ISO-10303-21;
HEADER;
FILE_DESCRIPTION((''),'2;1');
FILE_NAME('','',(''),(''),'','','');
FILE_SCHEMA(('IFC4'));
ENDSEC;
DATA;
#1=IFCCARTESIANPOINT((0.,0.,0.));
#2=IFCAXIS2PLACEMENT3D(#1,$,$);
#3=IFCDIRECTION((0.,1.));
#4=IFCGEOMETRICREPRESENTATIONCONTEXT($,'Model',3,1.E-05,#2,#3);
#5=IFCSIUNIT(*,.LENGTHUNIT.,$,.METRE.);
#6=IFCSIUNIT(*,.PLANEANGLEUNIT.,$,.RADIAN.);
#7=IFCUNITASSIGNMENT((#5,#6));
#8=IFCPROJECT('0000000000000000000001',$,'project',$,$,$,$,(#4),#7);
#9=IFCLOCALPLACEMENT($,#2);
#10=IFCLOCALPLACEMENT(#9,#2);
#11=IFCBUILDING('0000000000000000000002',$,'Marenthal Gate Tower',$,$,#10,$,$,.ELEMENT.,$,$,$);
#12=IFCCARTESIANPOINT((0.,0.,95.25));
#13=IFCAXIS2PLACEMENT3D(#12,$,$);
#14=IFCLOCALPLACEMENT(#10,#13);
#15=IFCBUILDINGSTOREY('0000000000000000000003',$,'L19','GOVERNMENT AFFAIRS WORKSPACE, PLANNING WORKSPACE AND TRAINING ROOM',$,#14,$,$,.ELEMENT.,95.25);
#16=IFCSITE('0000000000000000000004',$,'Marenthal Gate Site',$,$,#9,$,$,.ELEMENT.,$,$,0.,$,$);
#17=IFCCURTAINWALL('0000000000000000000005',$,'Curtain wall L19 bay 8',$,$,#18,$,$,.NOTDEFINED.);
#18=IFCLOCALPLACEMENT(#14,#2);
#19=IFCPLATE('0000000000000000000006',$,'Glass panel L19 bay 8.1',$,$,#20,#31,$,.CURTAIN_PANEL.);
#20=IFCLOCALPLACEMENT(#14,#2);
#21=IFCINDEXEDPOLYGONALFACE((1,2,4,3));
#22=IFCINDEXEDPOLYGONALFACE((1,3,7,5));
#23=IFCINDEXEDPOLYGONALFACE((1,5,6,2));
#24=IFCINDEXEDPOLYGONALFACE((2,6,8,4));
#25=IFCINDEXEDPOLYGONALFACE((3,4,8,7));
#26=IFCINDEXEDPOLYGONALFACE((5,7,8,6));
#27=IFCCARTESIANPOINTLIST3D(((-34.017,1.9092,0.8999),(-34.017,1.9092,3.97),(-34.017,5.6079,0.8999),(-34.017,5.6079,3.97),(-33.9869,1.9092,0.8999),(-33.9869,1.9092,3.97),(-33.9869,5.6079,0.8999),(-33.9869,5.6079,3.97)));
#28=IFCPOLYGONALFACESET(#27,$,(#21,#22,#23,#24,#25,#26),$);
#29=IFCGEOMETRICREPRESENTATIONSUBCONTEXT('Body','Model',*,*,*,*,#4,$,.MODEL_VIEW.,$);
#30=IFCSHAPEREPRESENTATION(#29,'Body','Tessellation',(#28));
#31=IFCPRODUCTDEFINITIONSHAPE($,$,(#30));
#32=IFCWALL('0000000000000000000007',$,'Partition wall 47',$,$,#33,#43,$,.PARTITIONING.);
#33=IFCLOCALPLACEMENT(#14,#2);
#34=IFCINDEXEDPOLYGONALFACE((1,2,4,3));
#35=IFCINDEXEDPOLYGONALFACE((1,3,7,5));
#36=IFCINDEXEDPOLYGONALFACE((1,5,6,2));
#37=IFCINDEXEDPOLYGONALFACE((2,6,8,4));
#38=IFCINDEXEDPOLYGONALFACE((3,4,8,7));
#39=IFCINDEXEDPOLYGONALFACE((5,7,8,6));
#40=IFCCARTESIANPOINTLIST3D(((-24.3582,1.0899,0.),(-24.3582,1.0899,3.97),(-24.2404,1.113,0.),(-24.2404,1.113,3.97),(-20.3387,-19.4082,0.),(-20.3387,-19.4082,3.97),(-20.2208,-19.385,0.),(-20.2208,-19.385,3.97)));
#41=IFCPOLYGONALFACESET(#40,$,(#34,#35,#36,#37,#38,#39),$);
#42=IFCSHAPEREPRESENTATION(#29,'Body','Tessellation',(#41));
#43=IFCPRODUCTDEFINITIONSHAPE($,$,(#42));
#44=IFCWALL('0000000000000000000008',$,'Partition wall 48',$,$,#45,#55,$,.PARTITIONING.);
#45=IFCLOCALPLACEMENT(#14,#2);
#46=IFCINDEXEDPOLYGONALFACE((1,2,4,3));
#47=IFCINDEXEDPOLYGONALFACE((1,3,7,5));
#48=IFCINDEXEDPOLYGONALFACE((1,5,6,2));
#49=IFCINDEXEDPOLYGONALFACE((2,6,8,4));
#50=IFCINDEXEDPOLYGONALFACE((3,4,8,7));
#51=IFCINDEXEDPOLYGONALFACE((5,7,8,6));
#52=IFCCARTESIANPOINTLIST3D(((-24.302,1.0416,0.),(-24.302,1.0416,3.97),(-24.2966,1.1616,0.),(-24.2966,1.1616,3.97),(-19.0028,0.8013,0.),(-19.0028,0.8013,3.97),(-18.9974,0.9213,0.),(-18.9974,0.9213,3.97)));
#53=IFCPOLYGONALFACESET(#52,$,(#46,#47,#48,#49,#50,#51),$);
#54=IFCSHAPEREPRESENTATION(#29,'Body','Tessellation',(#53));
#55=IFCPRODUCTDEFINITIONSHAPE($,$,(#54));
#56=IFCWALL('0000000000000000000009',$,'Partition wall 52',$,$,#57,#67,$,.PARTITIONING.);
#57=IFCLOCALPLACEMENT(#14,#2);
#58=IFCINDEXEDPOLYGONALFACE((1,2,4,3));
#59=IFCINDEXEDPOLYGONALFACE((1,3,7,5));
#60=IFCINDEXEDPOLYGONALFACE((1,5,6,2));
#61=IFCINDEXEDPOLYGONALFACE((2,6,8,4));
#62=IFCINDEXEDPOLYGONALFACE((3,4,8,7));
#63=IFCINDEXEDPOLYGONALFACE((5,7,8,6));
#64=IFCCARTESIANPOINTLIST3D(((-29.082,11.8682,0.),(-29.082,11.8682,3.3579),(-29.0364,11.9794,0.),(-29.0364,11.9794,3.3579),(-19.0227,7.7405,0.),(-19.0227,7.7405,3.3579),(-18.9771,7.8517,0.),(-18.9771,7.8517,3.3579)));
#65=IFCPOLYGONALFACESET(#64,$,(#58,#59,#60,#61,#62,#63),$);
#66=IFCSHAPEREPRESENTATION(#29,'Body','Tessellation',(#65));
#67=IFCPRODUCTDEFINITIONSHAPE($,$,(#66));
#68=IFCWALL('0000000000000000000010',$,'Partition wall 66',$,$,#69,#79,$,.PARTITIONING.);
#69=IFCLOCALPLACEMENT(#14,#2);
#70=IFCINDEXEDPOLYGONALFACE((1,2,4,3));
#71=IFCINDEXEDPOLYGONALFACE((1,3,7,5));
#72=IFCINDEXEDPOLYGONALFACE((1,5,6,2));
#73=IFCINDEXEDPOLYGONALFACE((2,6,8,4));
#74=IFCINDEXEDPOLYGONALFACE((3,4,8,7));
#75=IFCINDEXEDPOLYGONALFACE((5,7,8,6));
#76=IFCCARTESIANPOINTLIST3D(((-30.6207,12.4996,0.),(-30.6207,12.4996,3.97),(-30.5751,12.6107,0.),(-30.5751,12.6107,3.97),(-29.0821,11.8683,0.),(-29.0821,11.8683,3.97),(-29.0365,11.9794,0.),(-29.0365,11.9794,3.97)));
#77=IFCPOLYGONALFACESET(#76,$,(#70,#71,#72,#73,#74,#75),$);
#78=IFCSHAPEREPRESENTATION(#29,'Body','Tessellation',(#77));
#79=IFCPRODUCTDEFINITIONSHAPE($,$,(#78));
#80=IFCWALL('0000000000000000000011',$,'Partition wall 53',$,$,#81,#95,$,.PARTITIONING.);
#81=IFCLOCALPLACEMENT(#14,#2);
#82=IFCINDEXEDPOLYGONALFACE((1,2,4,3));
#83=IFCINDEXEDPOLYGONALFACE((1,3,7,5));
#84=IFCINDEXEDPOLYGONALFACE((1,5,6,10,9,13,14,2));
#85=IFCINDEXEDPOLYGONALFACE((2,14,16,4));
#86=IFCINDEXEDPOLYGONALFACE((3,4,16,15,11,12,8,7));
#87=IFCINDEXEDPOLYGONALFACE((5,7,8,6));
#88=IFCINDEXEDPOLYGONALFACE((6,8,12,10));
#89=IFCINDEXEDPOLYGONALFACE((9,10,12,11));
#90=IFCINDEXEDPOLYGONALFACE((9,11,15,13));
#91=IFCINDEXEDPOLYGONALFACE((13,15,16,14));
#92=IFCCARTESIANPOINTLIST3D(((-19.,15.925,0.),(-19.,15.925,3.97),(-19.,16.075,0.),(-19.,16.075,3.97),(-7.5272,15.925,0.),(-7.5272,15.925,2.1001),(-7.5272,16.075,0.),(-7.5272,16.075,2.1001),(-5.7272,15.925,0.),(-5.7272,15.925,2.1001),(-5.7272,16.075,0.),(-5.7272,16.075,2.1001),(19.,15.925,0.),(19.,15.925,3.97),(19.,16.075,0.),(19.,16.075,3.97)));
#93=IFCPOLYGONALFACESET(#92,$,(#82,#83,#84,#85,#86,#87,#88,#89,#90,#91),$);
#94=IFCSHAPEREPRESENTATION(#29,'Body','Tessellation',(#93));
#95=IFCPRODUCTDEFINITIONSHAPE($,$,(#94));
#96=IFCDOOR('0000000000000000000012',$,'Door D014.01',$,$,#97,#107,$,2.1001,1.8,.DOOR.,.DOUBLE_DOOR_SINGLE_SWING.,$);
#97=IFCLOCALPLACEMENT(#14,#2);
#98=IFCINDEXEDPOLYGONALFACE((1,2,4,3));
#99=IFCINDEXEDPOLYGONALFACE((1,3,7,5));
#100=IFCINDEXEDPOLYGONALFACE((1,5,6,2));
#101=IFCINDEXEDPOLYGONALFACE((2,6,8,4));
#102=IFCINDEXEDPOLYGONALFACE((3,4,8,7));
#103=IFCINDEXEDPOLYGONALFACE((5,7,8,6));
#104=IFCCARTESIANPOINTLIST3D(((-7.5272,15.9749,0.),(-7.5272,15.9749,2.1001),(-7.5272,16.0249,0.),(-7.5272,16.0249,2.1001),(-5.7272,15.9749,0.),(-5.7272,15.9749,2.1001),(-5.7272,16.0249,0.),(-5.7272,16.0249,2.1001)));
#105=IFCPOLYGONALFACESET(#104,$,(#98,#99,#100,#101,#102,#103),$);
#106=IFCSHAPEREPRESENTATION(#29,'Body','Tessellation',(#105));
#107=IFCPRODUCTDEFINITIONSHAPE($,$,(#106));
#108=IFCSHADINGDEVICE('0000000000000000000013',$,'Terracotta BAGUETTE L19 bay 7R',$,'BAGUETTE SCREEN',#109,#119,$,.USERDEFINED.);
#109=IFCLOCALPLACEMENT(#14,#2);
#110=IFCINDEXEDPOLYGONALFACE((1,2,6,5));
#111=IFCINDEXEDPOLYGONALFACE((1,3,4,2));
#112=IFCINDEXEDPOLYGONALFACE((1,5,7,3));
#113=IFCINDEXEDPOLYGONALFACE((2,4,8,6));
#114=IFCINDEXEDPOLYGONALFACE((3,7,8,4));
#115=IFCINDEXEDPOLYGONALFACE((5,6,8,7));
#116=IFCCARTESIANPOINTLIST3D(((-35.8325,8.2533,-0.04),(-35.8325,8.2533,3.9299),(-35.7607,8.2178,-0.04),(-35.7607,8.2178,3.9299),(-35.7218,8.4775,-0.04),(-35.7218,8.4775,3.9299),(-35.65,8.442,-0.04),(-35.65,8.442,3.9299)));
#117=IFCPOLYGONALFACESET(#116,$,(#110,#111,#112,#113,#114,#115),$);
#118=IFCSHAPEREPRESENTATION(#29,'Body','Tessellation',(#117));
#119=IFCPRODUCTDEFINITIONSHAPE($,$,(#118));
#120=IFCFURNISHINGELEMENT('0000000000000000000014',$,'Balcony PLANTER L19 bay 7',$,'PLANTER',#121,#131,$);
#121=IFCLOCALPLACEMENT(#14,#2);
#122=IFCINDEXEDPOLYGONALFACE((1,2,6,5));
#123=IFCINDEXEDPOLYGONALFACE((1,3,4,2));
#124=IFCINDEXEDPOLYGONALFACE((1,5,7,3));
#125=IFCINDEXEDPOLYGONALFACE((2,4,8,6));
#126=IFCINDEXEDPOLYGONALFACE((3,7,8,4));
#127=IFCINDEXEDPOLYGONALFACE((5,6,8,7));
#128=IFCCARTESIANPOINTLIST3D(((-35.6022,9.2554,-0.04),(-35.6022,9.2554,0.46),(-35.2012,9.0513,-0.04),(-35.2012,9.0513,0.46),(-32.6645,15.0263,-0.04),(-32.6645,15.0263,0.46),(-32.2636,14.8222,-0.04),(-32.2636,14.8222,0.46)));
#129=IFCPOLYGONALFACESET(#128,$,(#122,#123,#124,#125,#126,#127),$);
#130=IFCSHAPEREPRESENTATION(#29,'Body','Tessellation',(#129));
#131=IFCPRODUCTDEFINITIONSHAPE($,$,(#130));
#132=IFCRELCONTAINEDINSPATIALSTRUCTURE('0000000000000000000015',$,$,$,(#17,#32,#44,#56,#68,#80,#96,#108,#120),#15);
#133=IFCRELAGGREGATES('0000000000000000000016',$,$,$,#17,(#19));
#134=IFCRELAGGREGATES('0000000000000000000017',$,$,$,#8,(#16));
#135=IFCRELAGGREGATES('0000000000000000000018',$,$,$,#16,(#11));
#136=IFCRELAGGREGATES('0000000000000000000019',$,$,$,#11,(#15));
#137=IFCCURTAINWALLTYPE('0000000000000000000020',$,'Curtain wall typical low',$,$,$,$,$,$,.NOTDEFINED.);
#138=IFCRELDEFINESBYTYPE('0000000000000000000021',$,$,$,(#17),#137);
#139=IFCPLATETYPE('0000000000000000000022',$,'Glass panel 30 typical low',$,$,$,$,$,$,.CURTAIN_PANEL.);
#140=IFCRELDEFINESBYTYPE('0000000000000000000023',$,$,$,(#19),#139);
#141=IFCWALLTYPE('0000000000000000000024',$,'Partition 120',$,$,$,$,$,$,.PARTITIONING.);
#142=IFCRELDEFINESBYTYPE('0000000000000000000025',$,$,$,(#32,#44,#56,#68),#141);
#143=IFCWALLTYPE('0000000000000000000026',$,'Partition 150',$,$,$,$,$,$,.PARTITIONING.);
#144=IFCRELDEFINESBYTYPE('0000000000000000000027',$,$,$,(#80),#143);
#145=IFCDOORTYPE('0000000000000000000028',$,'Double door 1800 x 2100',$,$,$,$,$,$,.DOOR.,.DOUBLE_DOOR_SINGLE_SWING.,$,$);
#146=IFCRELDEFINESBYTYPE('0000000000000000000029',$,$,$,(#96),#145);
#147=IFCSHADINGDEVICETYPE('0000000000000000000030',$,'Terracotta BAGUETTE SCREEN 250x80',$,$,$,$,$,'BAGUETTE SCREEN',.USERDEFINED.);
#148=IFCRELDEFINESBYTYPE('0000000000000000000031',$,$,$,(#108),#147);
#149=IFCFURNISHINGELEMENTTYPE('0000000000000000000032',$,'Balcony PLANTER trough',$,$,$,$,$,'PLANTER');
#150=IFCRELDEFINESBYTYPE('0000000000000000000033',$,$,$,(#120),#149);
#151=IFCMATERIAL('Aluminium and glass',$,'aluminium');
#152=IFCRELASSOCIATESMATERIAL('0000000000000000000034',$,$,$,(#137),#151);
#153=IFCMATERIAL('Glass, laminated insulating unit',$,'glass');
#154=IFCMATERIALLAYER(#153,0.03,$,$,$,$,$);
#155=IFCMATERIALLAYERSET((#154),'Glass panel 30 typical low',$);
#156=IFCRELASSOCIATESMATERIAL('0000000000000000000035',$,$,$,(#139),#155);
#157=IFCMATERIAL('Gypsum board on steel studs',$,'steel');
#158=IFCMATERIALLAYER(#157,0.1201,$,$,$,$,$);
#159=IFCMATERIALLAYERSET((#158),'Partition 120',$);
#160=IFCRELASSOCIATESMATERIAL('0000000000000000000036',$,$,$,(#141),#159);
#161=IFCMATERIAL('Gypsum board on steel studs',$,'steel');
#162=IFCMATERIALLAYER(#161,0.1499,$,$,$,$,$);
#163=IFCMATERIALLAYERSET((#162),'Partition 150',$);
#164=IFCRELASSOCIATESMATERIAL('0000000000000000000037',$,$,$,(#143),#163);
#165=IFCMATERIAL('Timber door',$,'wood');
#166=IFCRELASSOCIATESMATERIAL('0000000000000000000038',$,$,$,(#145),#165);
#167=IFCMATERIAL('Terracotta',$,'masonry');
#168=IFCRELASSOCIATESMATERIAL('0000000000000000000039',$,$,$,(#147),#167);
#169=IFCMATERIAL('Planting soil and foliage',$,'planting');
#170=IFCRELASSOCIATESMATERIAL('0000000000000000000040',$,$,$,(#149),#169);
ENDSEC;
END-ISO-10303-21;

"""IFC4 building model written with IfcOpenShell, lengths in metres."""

from ifc_helpers import new_model, si_unit, direction, frame, frame_2d, origin, origin_2d, place, context, subcontext, project, spatial, rectangle, extrude, material, layer, layer_set, material_profile, profile_set, type_object, element, fill, aggregate, save


model = new_model("IFC4")

# Units and contexts
model_context = context("Model", 3, precision=1e-05, world=origin(), true_north=direction((0.0, 1.0)))
body_context = subcontext(model_context, "Body", "Model", "MODEL_VIEW")
ifc_project = project(units=[si_unit("LENGTHUNIT", "METRE"), si_unit("PLANEANGLEUNIT", "RADIAN")], contexts=[model_context])

# Site, building, storey
site_placement = place(None, origin())
site = spatial("IfcSite", under=ifc_project, at=site_placement, Name="Marenthal Gate Site", CompositionType="ELEMENT", RefElevation=0.0)
building_placement = place(site_placement, origin())
building = spatial("IfcBuilding", under=site, at=building_placement, Name="Marenthal Gate Tower", CompositionType="ELEMENT")
storey_placement = place(building_placement, frame((0.0, 0.0, 95.25)))
storey = spatial("IfcBuildingStorey", under=building, at=storey_placement, Name="L19", Description="GOVERNMENT AFFAIRS WORKSPACE, PLANNING WORKSPACE AND TRAINING ROOM", CompositionType="ELEMENT", Elevation=95.25)

# Curtain wall
ifc_material_1 = material(Name="Aluminium and glass", Category="aluminium")
curtain_wall_type = type_object("IfcCurtainWallType", Name="Curtain wall typical low", PredefinedType="NOTDEFINED", material=ifc_material_1)
curtain_wall_1_placement = place(storey_placement, origin())
curtain_wall_1 = element("IfcCurtainWall", 1, at=curtain_wall_1_placement, inside=storey, type_object=curtain_wall_type, Name="Curtain wall L19 bay 8", PredefinedType="NOTDEFINED")

# Plate
ifc_material_2 = material(Name="Glass, laminated insulating unit", Category="glass")
ifc_layer_1 = layer(ifc_material_2, 0.03)
ifc_layer_set_1 = layer_set([ifc_layer_1], Name="Glass panel 30 typical low")
plate_type = type_object("IfcPlateType", Name="Glass panel 30 typical low", PredefinedType="CURTAIN_PANEL", material=ifc_layer_set_1)
plate_1_placement = place(storey_placement, frame((-34.002, 3.7585, 0.8999), z_axis=(0.0, 0.0, 1.0), x_axis=(0.0, -1.0, 0.0)))
plate_1 = element("IfcPlate", 2, at=plate_1_placement, type_object=plate_type, Name="Glass panel L19 bay 8.1", PredefinedType="CURTAIN_PANEL", context=body_context, shape_type="SweptSolid", body=[
    extrude(rectangle(XDim=3.6987, YDim=0.03, at=origin_2d()), origin(), (0.0, 0.0, 1.0), 3.0701),
])
aggregate(curtain_wall_1, [plate_1])

# Walls
ifc_material_3 = material(Name="Gypsum board on steel studs", Category="steel")
ifc_layer_2 = layer(ifc_material_3, 0.1201)
ifc_layer_set_2 = layer_set([ifc_layer_2], Name="Partition 120")
wall_type_1 = type_object("IfcWallType", Name="Partition 120", PredefinedType="PARTITIONING", material=ifc_layer_set_2)
wall_1_placement = place(storey_placement, frame((-24.2993, 1.1016, 0.0), z_axis=(0.0, 0.0, 1.0), x_axis=(0.192429, -0.981311, 0.0)))
element("IfcWall", 3, at=wall_1_placement, inside=storey, type_object=wall_type_1, Name="Partition wall 47", PredefinedType="PARTITIONING", context=body_context, shape_type="SweptSolid", body=[
    extrude(rectangle(XDim=20.8884, YDim=0.1201, at=frame_2d((10.4443, 0.0))), origin(), (0.0, 0.0, 1.0), 3.97),
])
wall_2_placement = place(storey_placement, frame((-24.2993, 1.1016, 0.0), z_axis=(0.0, 0.0, 1.0), x_axis=(0.998974, -0.045287, 0.0)))
element("IfcWall", 4, at=wall_2_placement, inside=storey, type_object=wall_type_1, Name="Partition wall 48", PredefinedType="PARTITIONING", context=body_context, shape_type="SweptSolid", body=[
    extrude(rectangle(XDim=5.3047, YDim=0.1201, at=frame_2d((2.6523, 0.0))), origin(), (0.0, 0.0, 1.0), 3.97),
])
wall_3_placement = place(storey_placement, frame((-19.0, 7.7961, 0.0), z_axis=(0.0, 0.0, 1.0), x_axis=(-0.925143, 0.379618, 0.0)))
element("IfcWall", 5, at=wall_3_placement, inside=storey, type_object=wall_type_1, Name="Partition wall 52", PredefinedType="PARTITIONING", context=body_context, shape_type="SweptSolid", body=[
    extrude(rectangle(XDim=10.8733, YDim=0.1201, at=frame_2d((5.4365, 0.0))), origin(), (0.0, 0.0, 1.0), 3.3579),
])
wall_4_placement = place(storey_placement, frame((-29.0593, 11.9238, 0.0), z_axis=(0.0, 0.0, 1.0), x_axis=(-0.92514, 0.379627, 0.0)))
element("IfcWall", 6, at=wall_4_placement, inside=storey, type_object=wall_type_1, Name="Partition wall 66", PredefinedType="PARTITIONING", context=body_context, shape_type="SweptSolid", body=[
    extrude(rectangle(XDim=1.6631, YDim=0.1201, at=frame_2d((0.8315, 0.0))), origin(), (0.0, 0.0, 1.0), 3.97),
])

# Wall, opening, door
ifc_material_4 = material(Name="Gypsum board on steel studs", Category="steel")
ifc_layer_3 = layer(ifc_material_4, 0.1499)
ifc_layer_set_3 = layer_set([ifc_layer_3], Name="Partition 150")
wall_type_2 = type_object("IfcWallType", Name="Partition 150", PredefinedType="PARTITIONING", material=ifc_layer_set_3)
wall_5_placement = place(storey_placement, frame((-19.0, 16.0, 0.0), z_axis=(0.0, 0.0, 1.0), x_axis=(1.0, 0.0, 0.0)))
wall_5 = element("IfcWall", 7, at=wall_5_placement, inside=storey, type_object=wall_type_2, Name="Partition wall 53", PredefinedType="PARTITIONING", context=body_context, shape_type="SweptSolid", body=[
    extrude(rectangle(XDim=38.0, YDim=0.1499, at=frame_2d((19.0, 0.0))), origin(), (0.0, 0.0, 1.0), 3.97),
])
opening_1_placement = place(wall_5_placement, frame((11.4729, 0.0, 0.0)))
opening_1 = element("IfcOpeningElement", 8, at=opening_1_placement, cuts=wall_5, PredefinedType="OPENING", context=body_context, shape_type="SweptSolid", body=[
    extrude(rectangle(XDim=1.8, YDim=2.1001, at=frame_2d((0.8999, 1.05))), frame((0.0, 0.085, 0.0), z_axis=(0.0, -1.0, 0.0), x_axis=(1.0, 0.0, 0.0)), (0.0, 0.0, 1.0), 0.1699),
])
ifc_material_5 = material(Name="Timber door", Category="wood")
door_type_1 = type_object("IfcDoorType", Name="Double door 1800 x 2100", OperationType="DOUBLE_DOOR_SINGLE_SWING", PredefinedType="DOOR", material=ifc_material_5)
door_1_placement = place(opening_1_placement, origin())
door_1 = element("IfcDoor", 9, at=door_1_placement, inside=storey, type_object=door_type_1, Name="Door D014.01", OperationType="DOUBLE_DOOR_SINGLE_SWING", OverallHeight=2.1001, OverallWidth=1.8, PredefinedType="DOOR", context=body_context, shape_type="SweptSolid", body=[
    extrude(rectangle(XDim=1.8, YDim=2.1001, at=frame_2d((0.8999, 1.05))), frame((0.0, 0.0249, 0.0), z_axis=(0.0, -1.0, 0.0), x_axis=(1.0, 0.0, 0.0)), (0.0, 0.0, 1.0), 0.05),
])
fill(opening_1, door_1)

# Shading device
ifc_material_6 = material(Name="Terracotta", Category="masonry")
ifc_material_profile_1 = material_profile(ifc_material_6, rectangle(XDim=0.25, YDim=0.0801, at=origin_2d()), Name="Terracotta baguette 250x80")
ifc_profile_set_1 = profile_set([ifc_material_profile_1], Name="Terracotta")
shading_device_type = type_object("IfcShadingDeviceType", Name="Terracotta BAGUETTE SCREEN 250x80", ElementType="BAGUETTE SCREEN", PredefinedType="USERDEFINED", material=ifc_profile_set_1)
shading_device_placement = place(storey_placement, frame((-35.7412, 8.3477, -0.04), z_axis=(0.0, 0.0, 1.0), x_axis=(-0.44279, -0.896625, 0.0)))
element("IfcShadingDevice", 10, at=shading_device_placement, inside=storey, type_object=shading_device_type, Name="Terracotta BAGUETTE L19 bay 7R", ObjectType="BAGUETTE SCREEN", PredefinedType="USERDEFINED", context=body_context, shape_type="SweptSolid", body=[
    extrude(rectangle(XDim=0.25, YDim=0.0801, at=origin_2d()), origin(), (0.0, 0.0, 1.0), 3.97),
])

# Furnishing element
ifc_material_7 = material(Name="Planting soil and foliage", Category="planting")
furnishing_element_type = type_object("IfcFurnishingElementType", Name="Balcony PLANTER trough", ElementType="PLANTER", material=ifc_material_7)
furnishing_placement = place(storey_placement, frame((-33.9329, 12.0388, -0.04), z_axis=(0.0, 0.0, 1.0), x_axis=(-0.453646, -0.891182, 0.0)))
element("IfcFurnishingElement", 11, at=furnishing_placement, inside=storey, type_object=furnishing_element_type, Name="Balcony PLANTER L19 bay 7", ObjectType="PLANTER", context=body_context, shape_type="SweptSolid", body=[
    extrude(rectangle(XDim=6.4756, YDim=0.45, at=origin_2d()), origin(), (0.0, 0.0, 1.0), 0.5),
])

save(model, "model.ifc")
